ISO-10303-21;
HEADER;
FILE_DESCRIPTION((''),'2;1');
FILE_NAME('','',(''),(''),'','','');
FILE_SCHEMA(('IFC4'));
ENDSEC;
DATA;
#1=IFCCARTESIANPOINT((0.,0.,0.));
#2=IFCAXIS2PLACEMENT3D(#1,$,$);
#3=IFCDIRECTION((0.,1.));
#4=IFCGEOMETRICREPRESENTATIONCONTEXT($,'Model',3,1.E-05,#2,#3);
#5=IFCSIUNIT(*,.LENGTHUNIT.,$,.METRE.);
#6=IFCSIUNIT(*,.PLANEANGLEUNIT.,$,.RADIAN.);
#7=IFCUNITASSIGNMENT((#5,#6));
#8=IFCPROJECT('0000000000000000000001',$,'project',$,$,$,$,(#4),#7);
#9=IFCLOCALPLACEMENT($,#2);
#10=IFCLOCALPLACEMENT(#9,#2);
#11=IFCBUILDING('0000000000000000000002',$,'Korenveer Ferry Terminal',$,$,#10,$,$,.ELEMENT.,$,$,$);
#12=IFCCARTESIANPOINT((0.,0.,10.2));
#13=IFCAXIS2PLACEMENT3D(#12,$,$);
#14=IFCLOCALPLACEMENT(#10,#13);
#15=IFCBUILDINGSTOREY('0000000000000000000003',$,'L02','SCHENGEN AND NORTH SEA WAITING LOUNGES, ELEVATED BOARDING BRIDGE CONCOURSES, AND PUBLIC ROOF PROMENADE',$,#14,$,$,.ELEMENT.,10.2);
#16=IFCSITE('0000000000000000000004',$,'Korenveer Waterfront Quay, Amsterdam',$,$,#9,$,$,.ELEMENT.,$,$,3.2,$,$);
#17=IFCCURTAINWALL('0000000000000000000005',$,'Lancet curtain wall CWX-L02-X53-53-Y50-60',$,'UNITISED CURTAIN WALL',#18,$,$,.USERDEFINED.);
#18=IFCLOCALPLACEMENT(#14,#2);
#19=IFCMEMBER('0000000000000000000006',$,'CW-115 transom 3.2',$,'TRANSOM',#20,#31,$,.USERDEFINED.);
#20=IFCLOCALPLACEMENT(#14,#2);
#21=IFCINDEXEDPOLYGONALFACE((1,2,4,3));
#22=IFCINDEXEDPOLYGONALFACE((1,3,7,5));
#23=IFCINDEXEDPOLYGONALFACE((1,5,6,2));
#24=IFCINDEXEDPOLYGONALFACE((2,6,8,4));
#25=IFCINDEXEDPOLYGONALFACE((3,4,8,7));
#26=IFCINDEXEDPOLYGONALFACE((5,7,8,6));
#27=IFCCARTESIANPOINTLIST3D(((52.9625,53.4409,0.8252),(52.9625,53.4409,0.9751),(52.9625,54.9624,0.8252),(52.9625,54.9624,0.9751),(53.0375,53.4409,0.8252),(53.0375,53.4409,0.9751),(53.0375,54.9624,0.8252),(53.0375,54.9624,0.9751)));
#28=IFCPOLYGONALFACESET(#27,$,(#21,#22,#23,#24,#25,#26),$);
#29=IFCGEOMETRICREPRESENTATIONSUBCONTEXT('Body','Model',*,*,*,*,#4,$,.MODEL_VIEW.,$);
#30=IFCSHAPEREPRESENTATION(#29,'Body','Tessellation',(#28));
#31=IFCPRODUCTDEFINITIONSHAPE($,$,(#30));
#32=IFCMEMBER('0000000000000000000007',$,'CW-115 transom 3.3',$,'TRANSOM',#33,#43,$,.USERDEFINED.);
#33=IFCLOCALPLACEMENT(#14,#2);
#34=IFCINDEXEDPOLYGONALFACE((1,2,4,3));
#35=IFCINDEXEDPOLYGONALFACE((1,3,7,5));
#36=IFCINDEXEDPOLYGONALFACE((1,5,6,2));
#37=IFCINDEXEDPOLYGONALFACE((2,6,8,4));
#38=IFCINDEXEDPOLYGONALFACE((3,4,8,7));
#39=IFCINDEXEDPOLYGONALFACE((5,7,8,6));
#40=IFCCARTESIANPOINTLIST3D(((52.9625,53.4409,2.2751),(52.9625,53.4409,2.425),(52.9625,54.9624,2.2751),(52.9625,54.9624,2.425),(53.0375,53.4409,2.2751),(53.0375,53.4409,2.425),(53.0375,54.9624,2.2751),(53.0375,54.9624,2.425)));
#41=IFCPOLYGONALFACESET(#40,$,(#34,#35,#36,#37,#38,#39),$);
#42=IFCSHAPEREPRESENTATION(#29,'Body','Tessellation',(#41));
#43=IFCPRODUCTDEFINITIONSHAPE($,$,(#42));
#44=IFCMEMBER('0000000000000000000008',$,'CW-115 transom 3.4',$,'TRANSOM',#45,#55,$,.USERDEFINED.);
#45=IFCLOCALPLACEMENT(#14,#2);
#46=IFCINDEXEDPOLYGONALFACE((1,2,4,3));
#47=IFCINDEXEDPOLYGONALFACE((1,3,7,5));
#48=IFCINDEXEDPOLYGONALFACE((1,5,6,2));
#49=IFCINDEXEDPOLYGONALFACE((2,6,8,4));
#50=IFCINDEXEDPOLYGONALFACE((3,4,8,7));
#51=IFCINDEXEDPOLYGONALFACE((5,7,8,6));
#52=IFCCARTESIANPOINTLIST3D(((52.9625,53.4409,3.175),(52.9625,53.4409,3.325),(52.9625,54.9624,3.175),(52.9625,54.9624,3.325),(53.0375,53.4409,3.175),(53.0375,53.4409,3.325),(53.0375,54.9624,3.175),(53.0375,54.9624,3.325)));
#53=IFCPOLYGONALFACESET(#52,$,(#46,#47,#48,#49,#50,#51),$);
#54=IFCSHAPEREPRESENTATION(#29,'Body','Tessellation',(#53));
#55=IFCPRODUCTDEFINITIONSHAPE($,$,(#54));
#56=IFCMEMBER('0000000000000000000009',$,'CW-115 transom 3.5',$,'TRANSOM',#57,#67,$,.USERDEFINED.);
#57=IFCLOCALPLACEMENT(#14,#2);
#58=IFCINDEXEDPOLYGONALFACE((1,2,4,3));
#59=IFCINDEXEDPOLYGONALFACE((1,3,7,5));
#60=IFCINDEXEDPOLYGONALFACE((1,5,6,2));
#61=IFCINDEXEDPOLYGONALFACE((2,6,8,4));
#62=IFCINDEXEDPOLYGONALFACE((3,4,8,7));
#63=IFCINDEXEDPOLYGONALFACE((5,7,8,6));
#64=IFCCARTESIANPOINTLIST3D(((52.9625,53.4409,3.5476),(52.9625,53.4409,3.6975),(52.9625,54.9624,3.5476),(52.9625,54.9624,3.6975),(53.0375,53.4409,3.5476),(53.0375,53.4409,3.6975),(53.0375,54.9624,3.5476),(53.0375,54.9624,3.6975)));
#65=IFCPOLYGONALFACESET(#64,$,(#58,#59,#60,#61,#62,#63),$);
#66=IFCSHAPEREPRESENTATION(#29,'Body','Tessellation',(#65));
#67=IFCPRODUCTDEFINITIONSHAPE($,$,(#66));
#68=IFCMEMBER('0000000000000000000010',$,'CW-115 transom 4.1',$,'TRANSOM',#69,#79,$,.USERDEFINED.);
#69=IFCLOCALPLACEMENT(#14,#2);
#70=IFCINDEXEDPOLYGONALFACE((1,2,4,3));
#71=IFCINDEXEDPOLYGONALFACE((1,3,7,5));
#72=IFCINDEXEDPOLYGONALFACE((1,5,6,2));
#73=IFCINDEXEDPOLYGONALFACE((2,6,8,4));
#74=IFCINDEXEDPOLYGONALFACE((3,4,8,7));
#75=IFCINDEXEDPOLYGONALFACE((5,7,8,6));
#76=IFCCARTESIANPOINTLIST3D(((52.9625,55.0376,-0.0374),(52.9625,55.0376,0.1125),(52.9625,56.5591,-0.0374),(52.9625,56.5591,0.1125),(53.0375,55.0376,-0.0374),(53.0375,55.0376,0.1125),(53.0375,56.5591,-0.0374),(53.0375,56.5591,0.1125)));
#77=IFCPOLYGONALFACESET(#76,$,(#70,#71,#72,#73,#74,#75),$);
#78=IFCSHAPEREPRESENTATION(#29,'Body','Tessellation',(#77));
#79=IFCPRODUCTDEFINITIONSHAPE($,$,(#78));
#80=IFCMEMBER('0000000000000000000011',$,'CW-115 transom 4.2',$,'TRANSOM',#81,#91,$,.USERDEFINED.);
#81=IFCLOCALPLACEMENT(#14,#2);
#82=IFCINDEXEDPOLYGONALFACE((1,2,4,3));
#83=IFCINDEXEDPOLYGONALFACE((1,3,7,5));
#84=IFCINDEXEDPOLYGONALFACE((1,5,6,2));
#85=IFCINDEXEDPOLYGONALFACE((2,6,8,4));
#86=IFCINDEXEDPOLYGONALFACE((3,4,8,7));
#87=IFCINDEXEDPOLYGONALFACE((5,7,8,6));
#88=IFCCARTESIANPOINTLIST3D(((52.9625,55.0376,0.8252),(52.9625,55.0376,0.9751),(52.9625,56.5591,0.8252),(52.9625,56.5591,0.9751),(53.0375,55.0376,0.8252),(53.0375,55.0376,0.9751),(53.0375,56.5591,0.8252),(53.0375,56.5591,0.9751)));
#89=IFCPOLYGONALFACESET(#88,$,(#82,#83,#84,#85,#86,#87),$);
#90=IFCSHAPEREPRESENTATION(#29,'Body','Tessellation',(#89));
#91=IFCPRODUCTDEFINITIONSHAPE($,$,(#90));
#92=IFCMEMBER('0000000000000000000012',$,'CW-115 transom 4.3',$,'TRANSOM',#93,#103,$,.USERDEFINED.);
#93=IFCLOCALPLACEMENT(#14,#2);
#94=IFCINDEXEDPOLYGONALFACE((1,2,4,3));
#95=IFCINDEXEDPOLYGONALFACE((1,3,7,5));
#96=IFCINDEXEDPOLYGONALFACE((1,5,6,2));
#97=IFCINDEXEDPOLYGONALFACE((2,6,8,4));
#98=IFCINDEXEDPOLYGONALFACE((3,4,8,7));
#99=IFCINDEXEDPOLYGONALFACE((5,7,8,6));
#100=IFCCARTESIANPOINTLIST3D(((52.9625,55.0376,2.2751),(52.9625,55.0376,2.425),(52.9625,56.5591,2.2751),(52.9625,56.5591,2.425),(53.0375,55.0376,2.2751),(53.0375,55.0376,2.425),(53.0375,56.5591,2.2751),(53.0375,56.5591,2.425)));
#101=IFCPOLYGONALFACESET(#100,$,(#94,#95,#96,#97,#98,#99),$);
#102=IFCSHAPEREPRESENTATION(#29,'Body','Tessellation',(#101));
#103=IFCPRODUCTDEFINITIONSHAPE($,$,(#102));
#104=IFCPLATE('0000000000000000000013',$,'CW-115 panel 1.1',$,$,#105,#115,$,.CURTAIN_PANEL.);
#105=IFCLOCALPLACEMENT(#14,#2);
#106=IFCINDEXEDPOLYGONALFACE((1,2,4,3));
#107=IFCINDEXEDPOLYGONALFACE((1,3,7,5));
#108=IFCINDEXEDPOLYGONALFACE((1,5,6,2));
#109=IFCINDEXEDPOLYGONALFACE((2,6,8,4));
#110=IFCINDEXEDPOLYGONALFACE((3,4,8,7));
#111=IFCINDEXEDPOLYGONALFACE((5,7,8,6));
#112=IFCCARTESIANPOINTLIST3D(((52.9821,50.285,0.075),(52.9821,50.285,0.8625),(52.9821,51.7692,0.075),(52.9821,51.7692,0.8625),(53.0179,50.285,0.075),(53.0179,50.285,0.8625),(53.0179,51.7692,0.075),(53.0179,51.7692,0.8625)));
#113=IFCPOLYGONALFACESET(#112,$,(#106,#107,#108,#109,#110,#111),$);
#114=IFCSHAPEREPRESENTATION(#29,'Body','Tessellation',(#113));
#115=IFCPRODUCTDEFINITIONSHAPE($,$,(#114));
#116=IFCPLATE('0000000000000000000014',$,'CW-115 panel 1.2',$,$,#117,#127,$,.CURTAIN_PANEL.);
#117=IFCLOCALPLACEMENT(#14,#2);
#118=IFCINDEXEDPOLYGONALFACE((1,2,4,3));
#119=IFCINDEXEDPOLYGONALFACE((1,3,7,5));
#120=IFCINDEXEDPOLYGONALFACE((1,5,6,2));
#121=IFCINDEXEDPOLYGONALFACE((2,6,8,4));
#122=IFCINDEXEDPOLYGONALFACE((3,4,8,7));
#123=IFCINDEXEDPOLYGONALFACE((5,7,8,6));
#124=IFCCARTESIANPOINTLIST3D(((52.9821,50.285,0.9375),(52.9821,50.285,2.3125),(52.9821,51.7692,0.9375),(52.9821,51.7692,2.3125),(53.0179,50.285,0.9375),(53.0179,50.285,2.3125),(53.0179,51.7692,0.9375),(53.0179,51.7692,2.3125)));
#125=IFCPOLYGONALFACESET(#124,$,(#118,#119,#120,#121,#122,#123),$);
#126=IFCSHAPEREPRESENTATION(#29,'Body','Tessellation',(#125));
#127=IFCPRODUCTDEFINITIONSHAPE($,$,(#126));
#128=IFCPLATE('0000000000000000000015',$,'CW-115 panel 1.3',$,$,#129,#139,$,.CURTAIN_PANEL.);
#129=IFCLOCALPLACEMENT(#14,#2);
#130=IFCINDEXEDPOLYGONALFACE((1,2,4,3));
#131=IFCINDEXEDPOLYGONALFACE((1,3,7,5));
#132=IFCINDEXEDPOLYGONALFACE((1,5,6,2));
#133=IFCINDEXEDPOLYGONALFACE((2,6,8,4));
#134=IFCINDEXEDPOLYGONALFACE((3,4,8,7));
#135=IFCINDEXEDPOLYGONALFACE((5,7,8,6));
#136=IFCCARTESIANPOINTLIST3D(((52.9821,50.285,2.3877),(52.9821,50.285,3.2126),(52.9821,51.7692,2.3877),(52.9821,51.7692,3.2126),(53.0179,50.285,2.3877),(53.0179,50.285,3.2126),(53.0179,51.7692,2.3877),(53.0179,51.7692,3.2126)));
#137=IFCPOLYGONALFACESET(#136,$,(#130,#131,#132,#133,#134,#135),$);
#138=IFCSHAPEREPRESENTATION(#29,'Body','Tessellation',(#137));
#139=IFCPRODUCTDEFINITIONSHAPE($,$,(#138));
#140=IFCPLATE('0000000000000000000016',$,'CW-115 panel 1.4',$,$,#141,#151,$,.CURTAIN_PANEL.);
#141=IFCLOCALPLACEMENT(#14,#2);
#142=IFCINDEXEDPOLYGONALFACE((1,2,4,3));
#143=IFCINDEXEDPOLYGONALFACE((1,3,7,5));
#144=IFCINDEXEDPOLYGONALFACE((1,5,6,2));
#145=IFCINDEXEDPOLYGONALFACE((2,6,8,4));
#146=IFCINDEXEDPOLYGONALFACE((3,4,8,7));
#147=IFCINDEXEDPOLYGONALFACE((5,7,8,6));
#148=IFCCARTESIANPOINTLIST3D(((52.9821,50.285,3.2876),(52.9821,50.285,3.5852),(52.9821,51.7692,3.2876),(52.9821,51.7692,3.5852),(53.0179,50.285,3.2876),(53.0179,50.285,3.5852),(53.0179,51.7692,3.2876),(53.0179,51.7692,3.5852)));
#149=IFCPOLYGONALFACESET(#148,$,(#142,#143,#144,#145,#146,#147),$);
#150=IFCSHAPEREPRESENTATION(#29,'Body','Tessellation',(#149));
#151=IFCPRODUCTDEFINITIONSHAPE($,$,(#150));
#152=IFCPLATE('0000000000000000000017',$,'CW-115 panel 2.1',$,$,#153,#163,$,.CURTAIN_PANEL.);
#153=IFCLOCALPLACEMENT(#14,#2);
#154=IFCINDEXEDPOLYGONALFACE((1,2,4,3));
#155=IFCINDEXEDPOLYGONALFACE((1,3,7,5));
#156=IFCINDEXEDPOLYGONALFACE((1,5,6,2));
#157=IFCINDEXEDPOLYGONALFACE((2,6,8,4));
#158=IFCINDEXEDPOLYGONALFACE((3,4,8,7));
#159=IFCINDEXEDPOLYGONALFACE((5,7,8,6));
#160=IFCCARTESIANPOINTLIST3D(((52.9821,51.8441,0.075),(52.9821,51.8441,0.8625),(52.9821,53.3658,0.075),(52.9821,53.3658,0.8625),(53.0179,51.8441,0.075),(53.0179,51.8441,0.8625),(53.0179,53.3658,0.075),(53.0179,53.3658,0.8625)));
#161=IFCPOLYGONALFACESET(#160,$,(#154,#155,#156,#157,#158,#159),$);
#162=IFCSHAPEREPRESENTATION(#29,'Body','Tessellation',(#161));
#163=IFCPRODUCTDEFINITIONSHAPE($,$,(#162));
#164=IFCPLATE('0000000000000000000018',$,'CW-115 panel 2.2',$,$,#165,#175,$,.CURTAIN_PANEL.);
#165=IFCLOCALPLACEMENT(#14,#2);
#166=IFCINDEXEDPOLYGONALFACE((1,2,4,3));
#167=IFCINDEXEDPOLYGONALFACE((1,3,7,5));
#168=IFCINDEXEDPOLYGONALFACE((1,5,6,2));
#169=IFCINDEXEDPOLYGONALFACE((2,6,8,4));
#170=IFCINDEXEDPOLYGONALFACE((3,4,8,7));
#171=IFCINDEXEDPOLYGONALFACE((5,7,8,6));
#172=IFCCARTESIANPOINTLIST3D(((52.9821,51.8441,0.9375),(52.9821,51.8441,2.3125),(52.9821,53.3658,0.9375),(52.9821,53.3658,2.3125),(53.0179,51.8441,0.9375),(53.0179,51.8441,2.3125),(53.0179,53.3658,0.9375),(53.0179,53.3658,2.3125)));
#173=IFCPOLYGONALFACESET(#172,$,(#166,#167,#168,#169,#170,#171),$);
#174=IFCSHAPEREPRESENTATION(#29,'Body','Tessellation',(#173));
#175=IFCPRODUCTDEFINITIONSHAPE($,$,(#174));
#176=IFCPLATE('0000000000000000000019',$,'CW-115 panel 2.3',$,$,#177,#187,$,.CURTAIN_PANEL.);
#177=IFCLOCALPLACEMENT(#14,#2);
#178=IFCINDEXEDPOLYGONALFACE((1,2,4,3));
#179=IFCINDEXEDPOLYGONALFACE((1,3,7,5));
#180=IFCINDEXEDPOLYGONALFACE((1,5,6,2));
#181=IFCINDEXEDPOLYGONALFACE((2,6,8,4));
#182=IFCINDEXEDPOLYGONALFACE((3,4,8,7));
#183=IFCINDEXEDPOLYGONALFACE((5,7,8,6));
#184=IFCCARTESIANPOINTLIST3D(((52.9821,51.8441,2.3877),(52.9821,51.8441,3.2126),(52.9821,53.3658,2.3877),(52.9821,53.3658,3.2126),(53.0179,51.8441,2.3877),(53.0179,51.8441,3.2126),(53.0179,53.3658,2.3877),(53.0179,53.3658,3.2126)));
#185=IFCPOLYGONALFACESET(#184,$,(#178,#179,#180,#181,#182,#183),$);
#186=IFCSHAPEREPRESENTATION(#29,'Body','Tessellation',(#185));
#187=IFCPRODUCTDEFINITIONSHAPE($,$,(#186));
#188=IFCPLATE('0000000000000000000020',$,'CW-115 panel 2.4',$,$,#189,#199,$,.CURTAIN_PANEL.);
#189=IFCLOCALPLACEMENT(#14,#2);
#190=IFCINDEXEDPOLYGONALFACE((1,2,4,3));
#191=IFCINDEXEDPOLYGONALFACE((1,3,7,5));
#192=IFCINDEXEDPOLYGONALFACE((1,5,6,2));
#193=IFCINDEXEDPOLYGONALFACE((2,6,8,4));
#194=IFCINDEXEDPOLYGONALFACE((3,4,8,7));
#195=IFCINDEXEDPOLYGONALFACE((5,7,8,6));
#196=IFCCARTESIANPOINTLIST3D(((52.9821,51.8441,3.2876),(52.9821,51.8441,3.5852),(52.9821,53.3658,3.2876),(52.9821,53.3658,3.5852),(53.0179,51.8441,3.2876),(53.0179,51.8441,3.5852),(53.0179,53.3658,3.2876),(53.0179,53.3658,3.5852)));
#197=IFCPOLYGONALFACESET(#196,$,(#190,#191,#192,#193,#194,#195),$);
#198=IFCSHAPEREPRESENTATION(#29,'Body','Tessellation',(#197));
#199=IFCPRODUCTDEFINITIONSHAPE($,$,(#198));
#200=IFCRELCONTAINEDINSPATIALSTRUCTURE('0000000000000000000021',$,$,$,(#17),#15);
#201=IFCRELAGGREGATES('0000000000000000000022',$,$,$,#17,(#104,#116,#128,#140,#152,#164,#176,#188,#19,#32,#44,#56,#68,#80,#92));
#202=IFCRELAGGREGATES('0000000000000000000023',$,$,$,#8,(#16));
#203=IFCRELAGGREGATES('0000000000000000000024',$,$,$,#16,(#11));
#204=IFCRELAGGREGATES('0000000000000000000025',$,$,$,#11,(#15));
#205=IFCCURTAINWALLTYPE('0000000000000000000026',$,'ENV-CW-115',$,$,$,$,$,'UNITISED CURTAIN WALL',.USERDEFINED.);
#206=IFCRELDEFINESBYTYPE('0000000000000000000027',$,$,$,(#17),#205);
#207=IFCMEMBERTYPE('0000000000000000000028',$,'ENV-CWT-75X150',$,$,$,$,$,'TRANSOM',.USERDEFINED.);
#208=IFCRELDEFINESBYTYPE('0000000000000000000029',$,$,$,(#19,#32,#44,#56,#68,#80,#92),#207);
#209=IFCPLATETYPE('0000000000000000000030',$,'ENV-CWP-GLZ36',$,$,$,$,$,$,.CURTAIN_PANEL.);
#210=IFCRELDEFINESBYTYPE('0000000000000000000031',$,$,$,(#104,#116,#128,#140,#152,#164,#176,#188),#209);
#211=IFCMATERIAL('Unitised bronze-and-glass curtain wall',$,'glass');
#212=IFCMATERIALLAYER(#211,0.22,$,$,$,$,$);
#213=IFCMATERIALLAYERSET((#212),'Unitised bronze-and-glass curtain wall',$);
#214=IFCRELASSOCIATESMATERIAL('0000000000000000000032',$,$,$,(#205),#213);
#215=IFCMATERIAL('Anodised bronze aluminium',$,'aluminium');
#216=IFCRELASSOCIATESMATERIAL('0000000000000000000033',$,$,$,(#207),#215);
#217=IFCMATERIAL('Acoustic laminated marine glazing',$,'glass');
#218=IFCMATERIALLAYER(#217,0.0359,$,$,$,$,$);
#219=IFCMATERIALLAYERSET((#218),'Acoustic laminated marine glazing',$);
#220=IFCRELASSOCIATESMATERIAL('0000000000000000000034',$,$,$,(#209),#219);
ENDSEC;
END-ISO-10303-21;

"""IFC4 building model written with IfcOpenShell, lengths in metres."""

from ifc_helpers import new_model, si_unit, direction, frame, origin, origin_2d, place, context, subcontext, project, spatial, rectangle, extrude, material, layer, layer_set, material_profile, profile_set, type_object, element, aggregate, save


model = new_model("IFC4")

# Units and contexts
model_context = context("Model", 3, precision=1e-05, world=origin(), true_north=direction((0.0, 1.0)))
body_context = subcontext(model_context, "Body", "Model", "MODEL_VIEW")
ifc_project = project(units=[si_unit("LENGTHUNIT", "METRE"), si_unit("PLANEANGLEUNIT", "RADIAN")], contexts=[model_context])

# Site, building, storey
site_placement = place(None, origin())
site = spatial("IfcSite", under=ifc_project, at=site_placement, Name="Korenveer Waterfront Quay, Amsterdam", CompositionType="ELEMENT", RefElevation=3.2)
building_placement = place(site_placement, origin())
building = spatial("IfcBuilding", under=site, at=building_placement, Name="Korenveer Ferry Terminal", CompositionType="ELEMENT")
storey_placement = place(building_placement, frame((0.0, 0.0, 10.2)))
storey = spatial("IfcBuildingStorey", under=building, at=storey_placement, Name="L02", Description="SCHENGEN AND NORTH SEA WAITING LOUNGES, ELEVATED BOARDING BRIDGE CONCOURSES, AND PUBLIC ROOF PROMENADE", CompositionType="ELEMENT", Elevation=10.2)

# Curtain wall, members, plates
ifc_material_1 = material(Name="Unitised bronze-and-glass curtain wall", Category="glass")
ifc_layer_1 = layer(ifc_material_1, 0.22)
ifc_layer_set_1 = layer_set([ifc_layer_1], Name="Unitised bronze-and-glass curtain wall")
curtain_wall_type = type_object("IfcCurtainWallType", Name="ENV-CW-115", ElementType="UNITISED CURTAIN WALL", PredefinedType="USERDEFINED", material=ifc_layer_set_1)
curtain_wall_placement = place(storey_placement, frame((53.0, 50.21, 0.0)))
curtain_wall = element("IfcCurtainWall", 1, at=curtain_wall_placement, inside=storey, type_object=curtain_wall_type, Name="Lancet curtain wall CWX-L02-X53-53-Y50-60", ObjectType="UNITISED CURTAIN WALL", PredefinedType="USERDEFINED")
ifc_material_2 = material(Name="Anodised bronze aluminium", Category="aluminium")
ifc_material_profile_1 = material_profile(ifc_material_2, rectangle(XDim=0.075, YDim=0.1499, at=origin_2d()), Name="ALU 75x150")
ifc_profile_set_1 = profile_set([ifc_material_profile_1], Name="Anodised bronze aluminium")
member_type_1 = type_object("IfcMemberType", Name="ENV-CWT-75X150", ElementType="TRANSOM", PredefinedType="USERDEFINED", material=ifc_profile_set_1)
member_1_placement = place(storey_placement, frame((53.0, 53.4409, 0.9001), z_axis=(0.0, 1.0, 0.0), x_axis=(-1.0, 0.0, 0.0)))
member_1 = element("IfcMember", 2, at=member_1_placement, type_object=member_type_1, Name="CW-115 transom 3.2", ObjectType="TRANSOM", PredefinedType="USERDEFINED", context=body_context, shape_type="SweptSolid", body=[
    extrude(rectangle(XDim=0.075, YDim=0.1499, at=origin_2d()), origin(), (0.0, 0.0, 1.0), 1.5215),
])
member_2_placement = place(storey_placement, frame((53.0, 53.4409, 2.3501), z_axis=(0.0, 1.0, 0.0), x_axis=(-1.0, 0.0, 0.0)))
member_2 = element("IfcMember", 3, at=member_2_placement, type_object=member_type_1, Name="CW-115 transom 3.3", ObjectType="TRANSOM", PredefinedType="USERDEFINED", context=body_context, shape_type="SweptSolid", body=[
    extrude(rectangle(XDim=0.075, YDim=0.1499, at=origin_2d()), origin(), (0.0, 0.0, 1.0), 1.5215),
])
member_3_placement = place(storey_placement, frame((53.0, 53.4409, 3.25), z_axis=(0.0, 1.0, 0.0), x_axis=(-1.0, 0.0, 0.0)))
member_3 = element("IfcMember", 4, at=member_3_placement, type_object=member_type_1, Name="CW-115 transom 3.4", ObjectType="TRANSOM", PredefinedType="USERDEFINED", context=body_context, shape_type="SweptSolid", body=[
    extrude(rectangle(XDim=0.075, YDim=0.1499, at=origin_2d()), origin(), (0.0, 0.0, 1.0), 1.5215),
])
member_4_placement = place(storey_placement, frame((53.0, 53.4409, 3.6226), z_axis=(0.0, 1.0, 0.0), x_axis=(-1.0, 0.0, 0.0)))
member_4 = element("IfcMember", 5, at=member_4_placement, type_object=member_type_1, Name="CW-115 transom 3.5", ObjectType="TRANSOM", PredefinedType="USERDEFINED", context=body_context, shape_type="SweptSolid", body=[
    extrude(rectangle(XDim=0.075, YDim=0.1499, at=origin_2d()), origin(), (0.0, 0.0, 1.0), 1.5215),
])
member_5_placement = place(storey_placement, frame((53.0, 55.0376, 0.0376), z_axis=(0.0, 1.0, 0.0), x_axis=(-1.0, 0.0, 0.0)))
member_5 = element("IfcMember", 6, at=member_5_placement, type_object=member_type_1, Name="CW-115 transom 4.1", ObjectType="TRANSOM", PredefinedType="USERDEFINED", context=body_context, shape_type="SweptSolid", body=[
    extrude(rectangle(XDim=0.075, YDim=0.1499, at=origin_2d()), origin(), (0.0, 0.0, 1.0), 1.5215),
])
member_6_placement = place(storey_placement, frame((53.0, 55.0376, 0.9001), z_axis=(0.0, 1.0, 0.0), x_axis=(-1.0, 0.0, 0.0)))
member_6 = element("IfcMember", 7, at=member_6_placement, type_object=member_type_1, Name="CW-115 transom 4.2", ObjectType="TRANSOM", PredefinedType="USERDEFINED", context=body_context, shape_type="SweptSolid", body=[
    extrude(rectangle(XDim=0.075, YDim=0.1499, at=origin_2d()), origin(), (0.0, 0.0, 1.0), 1.5215),
])
member_7_placement = place(storey_placement, frame((53.0, 55.0376, 2.3501), z_axis=(0.0, 1.0, 0.0), x_axis=(-1.0, 0.0, 0.0)))
member_7 = element("IfcMember", 8, at=member_7_placement, type_object=member_type_1, Name="CW-115 transom 4.3", ObjectType="TRANSOM", PredefinedType="USERDEFINED", context=body_context, shape_type="SweptSolid", body=[
    extrude(rectangle(XDim=0.075, YDim=0.1499, at=origin_2d()), origin(), (0.0, 0.0, 1.0), 1.5215),
])
ifc_material_3 = material(Name="Acoustic laminated marine glazing", Category="glass")
ifc_layer_2 = layer(ifc_material_3, 0.0359)
ifc_layer_set_2 = layer_set([ifc_layer_2], Name="Acoustic laminated marine glazing")
plate_type = type_object("IfcPlateType", Name="ENV-CWP-GLZ36", PredefinedType="CURTAIN_PANEL", material=ifc_layer_set_2)
plate_1_placement = place(storey_placement, frame((53.0, 51.0271, 0.075), z_axis=(0.0, 0.0, 1.0), x_axis=(0.0, 1.0, 0.0)))
plate_1 = element("IfcPlate", 9, at=plate_1_placement, type_object=plate_type, Name="CW-115 panel 1.1", PredefinedType="CURTAIN_PANEL", context=body_context, shape_type="SweptSolid", body=[
    extrude(rectangle(XDim=1.4841, YDim=0.0359, at=origin_2d()), origin(), (0.0, 0.0, 1.0), 0.7876),
])
plate_2_placement = place(storey_placement, frame((53.0, 51.0271, 0.9375), z_axis=(0.0, 0.0, 1.0), x_axis=(0.0, 1.0, 0.0)))
plate_2 = element("IfcPlate", 10, at=plate_2_placement, type_object=plate_type, Name="CW-115 panel 1.2", PredefinedType="CURTAIN_PANEL", context=body_context, shape_type="SweptSolid", body=[
    extrude(rectangle(XDim=1.4841, YDim=0.0359, at=origin_2d()), origin(), (0.0, 0.0, 1.0), 1.375),
])
plate_3_placement = place(storey_placement, frame((53.0, 51.0271, 2.3877), z_axis=(0.0, 0.0, 1.0), x_axis=(0.0, 1.0, 0.0)))
plate_3 = element("IfcPlate", 11, at=plate_3_placement, type_object=plate_type, Name="CW-115 panel 1.3", PredefinedType="CURTAIN_PANEL", context=body_context, shape_type="SweptSolid", body=[
    extrude(rectangle(XDim=1.4841, YDim=0.0359, at=origin_2d()), origin(), (0.0, 0.0, 1.0), 0.825),
])
plate_4_placement = place(storey_placement, frame((53.0, 51.0271, 3.2876), z_axis=(0.0, 0.0, 1.0), x_axis=(0.0, 1.0, 0.0)))
plate_4 = element("IfcPlate", 12, at=plate_4_placement, type_object=plate_type, Name="CW-115 panel 1.4", PredefinedType="CURTAIN_PANEL", context=body_context, shape_type="SweptSolid", body=[
    extrude(rectangle(XDim=1.4841, YDim=0.0359, at=origin_2d()), origin(), (0.0, 0.0, 1.0), 0.2976),
])
plate_5_placement = place(storey_placement, frame((53.0, 52.605, 0.075), z_axis=(0.0, 0.0, 1.0), x_axis=(0.0, 1.0, 0.0)))
plate_5 = element("IfcPlate", 13, at=plate_5_placement, type_object=plate_type, Name="CW-115 panel 2.1", PredefinedType="CURTAIN_PANEL", context=body_context, shape_type="SweptSolid", body=[
    extrude(rectangle(XDim=1.5217, YDim=0.0359, at=origin_2d()), origin(), (0.0, 0.0, 1.0), 0.7876),
])
plate_6_placement = place(storey_placement, frame((53.0, 52.605, 0.9375), z_axis=(0.0, 0.0, 1.0), x_axis=(0.0, 1.0, 0.0)))
plate_6 = element("IfcPlate", 14, at=plate_6_placement, type_object=plate_type, Name="CW-115 panel 2.2", PredefinedType="CURTAIN_PANEL", context=body_context, shape_type="SweptSolid", body=[
    extrude(rectangle(XDim=1.5217, YDim=0.0359, at=origin_2d()), origin(), (0.0, 0.0, 1.0), 1.375),
])
plate_7_placement = place(storey_placement, frame((53.0, 52.605, 2.3877), z_axis=(0.0, 0.0, 1.0), x_axis=(0.0, 1.0, 0.0)))
plate_7 = element("IfcPlate", 15, at=plate_7_placement, type_object=plate_type, Name="CW-115 panel 2.3", PredefinedType="CURTAIN_PANEL", context=body_context, shape_type="SweptSolid", body=[
    extrude(rectangle(XDim=1.5217, YDim=0.0359, at=origin_2d()), origin(), (0.0, 0.0, 1.0), 0.825),
])
plate_8_placement = place(storey_placement, frame((53.0, 52.605, 3.2876), z_axis=(0.0, 0.0, 1.0), x_axis=(0.0, 1.0, 0.0)))
plate_8 = element("IfcPlate", 16, at=plate_8_placement, type_object=plate_type, Name="CW-115 panel 2.4", PredefinedType="CURTAIN_PANEL", context=body_context, shape_type="SweptSolid", body=[
    extrude(rectangle(XDim=1.5217, YDim=0.0359, at=origin_2d()), origin(), (0.0, 0.0, 1.0), 0.2976),
])
aggregate(curtain_wall, [plate_1, plate_2, plate_3, plate_4, plate_5, plate_6, plate_7, plate_8, member_1, member_2, member_3, member_4, member_5, member_6, member_7])

save(model, "model.ifc")
